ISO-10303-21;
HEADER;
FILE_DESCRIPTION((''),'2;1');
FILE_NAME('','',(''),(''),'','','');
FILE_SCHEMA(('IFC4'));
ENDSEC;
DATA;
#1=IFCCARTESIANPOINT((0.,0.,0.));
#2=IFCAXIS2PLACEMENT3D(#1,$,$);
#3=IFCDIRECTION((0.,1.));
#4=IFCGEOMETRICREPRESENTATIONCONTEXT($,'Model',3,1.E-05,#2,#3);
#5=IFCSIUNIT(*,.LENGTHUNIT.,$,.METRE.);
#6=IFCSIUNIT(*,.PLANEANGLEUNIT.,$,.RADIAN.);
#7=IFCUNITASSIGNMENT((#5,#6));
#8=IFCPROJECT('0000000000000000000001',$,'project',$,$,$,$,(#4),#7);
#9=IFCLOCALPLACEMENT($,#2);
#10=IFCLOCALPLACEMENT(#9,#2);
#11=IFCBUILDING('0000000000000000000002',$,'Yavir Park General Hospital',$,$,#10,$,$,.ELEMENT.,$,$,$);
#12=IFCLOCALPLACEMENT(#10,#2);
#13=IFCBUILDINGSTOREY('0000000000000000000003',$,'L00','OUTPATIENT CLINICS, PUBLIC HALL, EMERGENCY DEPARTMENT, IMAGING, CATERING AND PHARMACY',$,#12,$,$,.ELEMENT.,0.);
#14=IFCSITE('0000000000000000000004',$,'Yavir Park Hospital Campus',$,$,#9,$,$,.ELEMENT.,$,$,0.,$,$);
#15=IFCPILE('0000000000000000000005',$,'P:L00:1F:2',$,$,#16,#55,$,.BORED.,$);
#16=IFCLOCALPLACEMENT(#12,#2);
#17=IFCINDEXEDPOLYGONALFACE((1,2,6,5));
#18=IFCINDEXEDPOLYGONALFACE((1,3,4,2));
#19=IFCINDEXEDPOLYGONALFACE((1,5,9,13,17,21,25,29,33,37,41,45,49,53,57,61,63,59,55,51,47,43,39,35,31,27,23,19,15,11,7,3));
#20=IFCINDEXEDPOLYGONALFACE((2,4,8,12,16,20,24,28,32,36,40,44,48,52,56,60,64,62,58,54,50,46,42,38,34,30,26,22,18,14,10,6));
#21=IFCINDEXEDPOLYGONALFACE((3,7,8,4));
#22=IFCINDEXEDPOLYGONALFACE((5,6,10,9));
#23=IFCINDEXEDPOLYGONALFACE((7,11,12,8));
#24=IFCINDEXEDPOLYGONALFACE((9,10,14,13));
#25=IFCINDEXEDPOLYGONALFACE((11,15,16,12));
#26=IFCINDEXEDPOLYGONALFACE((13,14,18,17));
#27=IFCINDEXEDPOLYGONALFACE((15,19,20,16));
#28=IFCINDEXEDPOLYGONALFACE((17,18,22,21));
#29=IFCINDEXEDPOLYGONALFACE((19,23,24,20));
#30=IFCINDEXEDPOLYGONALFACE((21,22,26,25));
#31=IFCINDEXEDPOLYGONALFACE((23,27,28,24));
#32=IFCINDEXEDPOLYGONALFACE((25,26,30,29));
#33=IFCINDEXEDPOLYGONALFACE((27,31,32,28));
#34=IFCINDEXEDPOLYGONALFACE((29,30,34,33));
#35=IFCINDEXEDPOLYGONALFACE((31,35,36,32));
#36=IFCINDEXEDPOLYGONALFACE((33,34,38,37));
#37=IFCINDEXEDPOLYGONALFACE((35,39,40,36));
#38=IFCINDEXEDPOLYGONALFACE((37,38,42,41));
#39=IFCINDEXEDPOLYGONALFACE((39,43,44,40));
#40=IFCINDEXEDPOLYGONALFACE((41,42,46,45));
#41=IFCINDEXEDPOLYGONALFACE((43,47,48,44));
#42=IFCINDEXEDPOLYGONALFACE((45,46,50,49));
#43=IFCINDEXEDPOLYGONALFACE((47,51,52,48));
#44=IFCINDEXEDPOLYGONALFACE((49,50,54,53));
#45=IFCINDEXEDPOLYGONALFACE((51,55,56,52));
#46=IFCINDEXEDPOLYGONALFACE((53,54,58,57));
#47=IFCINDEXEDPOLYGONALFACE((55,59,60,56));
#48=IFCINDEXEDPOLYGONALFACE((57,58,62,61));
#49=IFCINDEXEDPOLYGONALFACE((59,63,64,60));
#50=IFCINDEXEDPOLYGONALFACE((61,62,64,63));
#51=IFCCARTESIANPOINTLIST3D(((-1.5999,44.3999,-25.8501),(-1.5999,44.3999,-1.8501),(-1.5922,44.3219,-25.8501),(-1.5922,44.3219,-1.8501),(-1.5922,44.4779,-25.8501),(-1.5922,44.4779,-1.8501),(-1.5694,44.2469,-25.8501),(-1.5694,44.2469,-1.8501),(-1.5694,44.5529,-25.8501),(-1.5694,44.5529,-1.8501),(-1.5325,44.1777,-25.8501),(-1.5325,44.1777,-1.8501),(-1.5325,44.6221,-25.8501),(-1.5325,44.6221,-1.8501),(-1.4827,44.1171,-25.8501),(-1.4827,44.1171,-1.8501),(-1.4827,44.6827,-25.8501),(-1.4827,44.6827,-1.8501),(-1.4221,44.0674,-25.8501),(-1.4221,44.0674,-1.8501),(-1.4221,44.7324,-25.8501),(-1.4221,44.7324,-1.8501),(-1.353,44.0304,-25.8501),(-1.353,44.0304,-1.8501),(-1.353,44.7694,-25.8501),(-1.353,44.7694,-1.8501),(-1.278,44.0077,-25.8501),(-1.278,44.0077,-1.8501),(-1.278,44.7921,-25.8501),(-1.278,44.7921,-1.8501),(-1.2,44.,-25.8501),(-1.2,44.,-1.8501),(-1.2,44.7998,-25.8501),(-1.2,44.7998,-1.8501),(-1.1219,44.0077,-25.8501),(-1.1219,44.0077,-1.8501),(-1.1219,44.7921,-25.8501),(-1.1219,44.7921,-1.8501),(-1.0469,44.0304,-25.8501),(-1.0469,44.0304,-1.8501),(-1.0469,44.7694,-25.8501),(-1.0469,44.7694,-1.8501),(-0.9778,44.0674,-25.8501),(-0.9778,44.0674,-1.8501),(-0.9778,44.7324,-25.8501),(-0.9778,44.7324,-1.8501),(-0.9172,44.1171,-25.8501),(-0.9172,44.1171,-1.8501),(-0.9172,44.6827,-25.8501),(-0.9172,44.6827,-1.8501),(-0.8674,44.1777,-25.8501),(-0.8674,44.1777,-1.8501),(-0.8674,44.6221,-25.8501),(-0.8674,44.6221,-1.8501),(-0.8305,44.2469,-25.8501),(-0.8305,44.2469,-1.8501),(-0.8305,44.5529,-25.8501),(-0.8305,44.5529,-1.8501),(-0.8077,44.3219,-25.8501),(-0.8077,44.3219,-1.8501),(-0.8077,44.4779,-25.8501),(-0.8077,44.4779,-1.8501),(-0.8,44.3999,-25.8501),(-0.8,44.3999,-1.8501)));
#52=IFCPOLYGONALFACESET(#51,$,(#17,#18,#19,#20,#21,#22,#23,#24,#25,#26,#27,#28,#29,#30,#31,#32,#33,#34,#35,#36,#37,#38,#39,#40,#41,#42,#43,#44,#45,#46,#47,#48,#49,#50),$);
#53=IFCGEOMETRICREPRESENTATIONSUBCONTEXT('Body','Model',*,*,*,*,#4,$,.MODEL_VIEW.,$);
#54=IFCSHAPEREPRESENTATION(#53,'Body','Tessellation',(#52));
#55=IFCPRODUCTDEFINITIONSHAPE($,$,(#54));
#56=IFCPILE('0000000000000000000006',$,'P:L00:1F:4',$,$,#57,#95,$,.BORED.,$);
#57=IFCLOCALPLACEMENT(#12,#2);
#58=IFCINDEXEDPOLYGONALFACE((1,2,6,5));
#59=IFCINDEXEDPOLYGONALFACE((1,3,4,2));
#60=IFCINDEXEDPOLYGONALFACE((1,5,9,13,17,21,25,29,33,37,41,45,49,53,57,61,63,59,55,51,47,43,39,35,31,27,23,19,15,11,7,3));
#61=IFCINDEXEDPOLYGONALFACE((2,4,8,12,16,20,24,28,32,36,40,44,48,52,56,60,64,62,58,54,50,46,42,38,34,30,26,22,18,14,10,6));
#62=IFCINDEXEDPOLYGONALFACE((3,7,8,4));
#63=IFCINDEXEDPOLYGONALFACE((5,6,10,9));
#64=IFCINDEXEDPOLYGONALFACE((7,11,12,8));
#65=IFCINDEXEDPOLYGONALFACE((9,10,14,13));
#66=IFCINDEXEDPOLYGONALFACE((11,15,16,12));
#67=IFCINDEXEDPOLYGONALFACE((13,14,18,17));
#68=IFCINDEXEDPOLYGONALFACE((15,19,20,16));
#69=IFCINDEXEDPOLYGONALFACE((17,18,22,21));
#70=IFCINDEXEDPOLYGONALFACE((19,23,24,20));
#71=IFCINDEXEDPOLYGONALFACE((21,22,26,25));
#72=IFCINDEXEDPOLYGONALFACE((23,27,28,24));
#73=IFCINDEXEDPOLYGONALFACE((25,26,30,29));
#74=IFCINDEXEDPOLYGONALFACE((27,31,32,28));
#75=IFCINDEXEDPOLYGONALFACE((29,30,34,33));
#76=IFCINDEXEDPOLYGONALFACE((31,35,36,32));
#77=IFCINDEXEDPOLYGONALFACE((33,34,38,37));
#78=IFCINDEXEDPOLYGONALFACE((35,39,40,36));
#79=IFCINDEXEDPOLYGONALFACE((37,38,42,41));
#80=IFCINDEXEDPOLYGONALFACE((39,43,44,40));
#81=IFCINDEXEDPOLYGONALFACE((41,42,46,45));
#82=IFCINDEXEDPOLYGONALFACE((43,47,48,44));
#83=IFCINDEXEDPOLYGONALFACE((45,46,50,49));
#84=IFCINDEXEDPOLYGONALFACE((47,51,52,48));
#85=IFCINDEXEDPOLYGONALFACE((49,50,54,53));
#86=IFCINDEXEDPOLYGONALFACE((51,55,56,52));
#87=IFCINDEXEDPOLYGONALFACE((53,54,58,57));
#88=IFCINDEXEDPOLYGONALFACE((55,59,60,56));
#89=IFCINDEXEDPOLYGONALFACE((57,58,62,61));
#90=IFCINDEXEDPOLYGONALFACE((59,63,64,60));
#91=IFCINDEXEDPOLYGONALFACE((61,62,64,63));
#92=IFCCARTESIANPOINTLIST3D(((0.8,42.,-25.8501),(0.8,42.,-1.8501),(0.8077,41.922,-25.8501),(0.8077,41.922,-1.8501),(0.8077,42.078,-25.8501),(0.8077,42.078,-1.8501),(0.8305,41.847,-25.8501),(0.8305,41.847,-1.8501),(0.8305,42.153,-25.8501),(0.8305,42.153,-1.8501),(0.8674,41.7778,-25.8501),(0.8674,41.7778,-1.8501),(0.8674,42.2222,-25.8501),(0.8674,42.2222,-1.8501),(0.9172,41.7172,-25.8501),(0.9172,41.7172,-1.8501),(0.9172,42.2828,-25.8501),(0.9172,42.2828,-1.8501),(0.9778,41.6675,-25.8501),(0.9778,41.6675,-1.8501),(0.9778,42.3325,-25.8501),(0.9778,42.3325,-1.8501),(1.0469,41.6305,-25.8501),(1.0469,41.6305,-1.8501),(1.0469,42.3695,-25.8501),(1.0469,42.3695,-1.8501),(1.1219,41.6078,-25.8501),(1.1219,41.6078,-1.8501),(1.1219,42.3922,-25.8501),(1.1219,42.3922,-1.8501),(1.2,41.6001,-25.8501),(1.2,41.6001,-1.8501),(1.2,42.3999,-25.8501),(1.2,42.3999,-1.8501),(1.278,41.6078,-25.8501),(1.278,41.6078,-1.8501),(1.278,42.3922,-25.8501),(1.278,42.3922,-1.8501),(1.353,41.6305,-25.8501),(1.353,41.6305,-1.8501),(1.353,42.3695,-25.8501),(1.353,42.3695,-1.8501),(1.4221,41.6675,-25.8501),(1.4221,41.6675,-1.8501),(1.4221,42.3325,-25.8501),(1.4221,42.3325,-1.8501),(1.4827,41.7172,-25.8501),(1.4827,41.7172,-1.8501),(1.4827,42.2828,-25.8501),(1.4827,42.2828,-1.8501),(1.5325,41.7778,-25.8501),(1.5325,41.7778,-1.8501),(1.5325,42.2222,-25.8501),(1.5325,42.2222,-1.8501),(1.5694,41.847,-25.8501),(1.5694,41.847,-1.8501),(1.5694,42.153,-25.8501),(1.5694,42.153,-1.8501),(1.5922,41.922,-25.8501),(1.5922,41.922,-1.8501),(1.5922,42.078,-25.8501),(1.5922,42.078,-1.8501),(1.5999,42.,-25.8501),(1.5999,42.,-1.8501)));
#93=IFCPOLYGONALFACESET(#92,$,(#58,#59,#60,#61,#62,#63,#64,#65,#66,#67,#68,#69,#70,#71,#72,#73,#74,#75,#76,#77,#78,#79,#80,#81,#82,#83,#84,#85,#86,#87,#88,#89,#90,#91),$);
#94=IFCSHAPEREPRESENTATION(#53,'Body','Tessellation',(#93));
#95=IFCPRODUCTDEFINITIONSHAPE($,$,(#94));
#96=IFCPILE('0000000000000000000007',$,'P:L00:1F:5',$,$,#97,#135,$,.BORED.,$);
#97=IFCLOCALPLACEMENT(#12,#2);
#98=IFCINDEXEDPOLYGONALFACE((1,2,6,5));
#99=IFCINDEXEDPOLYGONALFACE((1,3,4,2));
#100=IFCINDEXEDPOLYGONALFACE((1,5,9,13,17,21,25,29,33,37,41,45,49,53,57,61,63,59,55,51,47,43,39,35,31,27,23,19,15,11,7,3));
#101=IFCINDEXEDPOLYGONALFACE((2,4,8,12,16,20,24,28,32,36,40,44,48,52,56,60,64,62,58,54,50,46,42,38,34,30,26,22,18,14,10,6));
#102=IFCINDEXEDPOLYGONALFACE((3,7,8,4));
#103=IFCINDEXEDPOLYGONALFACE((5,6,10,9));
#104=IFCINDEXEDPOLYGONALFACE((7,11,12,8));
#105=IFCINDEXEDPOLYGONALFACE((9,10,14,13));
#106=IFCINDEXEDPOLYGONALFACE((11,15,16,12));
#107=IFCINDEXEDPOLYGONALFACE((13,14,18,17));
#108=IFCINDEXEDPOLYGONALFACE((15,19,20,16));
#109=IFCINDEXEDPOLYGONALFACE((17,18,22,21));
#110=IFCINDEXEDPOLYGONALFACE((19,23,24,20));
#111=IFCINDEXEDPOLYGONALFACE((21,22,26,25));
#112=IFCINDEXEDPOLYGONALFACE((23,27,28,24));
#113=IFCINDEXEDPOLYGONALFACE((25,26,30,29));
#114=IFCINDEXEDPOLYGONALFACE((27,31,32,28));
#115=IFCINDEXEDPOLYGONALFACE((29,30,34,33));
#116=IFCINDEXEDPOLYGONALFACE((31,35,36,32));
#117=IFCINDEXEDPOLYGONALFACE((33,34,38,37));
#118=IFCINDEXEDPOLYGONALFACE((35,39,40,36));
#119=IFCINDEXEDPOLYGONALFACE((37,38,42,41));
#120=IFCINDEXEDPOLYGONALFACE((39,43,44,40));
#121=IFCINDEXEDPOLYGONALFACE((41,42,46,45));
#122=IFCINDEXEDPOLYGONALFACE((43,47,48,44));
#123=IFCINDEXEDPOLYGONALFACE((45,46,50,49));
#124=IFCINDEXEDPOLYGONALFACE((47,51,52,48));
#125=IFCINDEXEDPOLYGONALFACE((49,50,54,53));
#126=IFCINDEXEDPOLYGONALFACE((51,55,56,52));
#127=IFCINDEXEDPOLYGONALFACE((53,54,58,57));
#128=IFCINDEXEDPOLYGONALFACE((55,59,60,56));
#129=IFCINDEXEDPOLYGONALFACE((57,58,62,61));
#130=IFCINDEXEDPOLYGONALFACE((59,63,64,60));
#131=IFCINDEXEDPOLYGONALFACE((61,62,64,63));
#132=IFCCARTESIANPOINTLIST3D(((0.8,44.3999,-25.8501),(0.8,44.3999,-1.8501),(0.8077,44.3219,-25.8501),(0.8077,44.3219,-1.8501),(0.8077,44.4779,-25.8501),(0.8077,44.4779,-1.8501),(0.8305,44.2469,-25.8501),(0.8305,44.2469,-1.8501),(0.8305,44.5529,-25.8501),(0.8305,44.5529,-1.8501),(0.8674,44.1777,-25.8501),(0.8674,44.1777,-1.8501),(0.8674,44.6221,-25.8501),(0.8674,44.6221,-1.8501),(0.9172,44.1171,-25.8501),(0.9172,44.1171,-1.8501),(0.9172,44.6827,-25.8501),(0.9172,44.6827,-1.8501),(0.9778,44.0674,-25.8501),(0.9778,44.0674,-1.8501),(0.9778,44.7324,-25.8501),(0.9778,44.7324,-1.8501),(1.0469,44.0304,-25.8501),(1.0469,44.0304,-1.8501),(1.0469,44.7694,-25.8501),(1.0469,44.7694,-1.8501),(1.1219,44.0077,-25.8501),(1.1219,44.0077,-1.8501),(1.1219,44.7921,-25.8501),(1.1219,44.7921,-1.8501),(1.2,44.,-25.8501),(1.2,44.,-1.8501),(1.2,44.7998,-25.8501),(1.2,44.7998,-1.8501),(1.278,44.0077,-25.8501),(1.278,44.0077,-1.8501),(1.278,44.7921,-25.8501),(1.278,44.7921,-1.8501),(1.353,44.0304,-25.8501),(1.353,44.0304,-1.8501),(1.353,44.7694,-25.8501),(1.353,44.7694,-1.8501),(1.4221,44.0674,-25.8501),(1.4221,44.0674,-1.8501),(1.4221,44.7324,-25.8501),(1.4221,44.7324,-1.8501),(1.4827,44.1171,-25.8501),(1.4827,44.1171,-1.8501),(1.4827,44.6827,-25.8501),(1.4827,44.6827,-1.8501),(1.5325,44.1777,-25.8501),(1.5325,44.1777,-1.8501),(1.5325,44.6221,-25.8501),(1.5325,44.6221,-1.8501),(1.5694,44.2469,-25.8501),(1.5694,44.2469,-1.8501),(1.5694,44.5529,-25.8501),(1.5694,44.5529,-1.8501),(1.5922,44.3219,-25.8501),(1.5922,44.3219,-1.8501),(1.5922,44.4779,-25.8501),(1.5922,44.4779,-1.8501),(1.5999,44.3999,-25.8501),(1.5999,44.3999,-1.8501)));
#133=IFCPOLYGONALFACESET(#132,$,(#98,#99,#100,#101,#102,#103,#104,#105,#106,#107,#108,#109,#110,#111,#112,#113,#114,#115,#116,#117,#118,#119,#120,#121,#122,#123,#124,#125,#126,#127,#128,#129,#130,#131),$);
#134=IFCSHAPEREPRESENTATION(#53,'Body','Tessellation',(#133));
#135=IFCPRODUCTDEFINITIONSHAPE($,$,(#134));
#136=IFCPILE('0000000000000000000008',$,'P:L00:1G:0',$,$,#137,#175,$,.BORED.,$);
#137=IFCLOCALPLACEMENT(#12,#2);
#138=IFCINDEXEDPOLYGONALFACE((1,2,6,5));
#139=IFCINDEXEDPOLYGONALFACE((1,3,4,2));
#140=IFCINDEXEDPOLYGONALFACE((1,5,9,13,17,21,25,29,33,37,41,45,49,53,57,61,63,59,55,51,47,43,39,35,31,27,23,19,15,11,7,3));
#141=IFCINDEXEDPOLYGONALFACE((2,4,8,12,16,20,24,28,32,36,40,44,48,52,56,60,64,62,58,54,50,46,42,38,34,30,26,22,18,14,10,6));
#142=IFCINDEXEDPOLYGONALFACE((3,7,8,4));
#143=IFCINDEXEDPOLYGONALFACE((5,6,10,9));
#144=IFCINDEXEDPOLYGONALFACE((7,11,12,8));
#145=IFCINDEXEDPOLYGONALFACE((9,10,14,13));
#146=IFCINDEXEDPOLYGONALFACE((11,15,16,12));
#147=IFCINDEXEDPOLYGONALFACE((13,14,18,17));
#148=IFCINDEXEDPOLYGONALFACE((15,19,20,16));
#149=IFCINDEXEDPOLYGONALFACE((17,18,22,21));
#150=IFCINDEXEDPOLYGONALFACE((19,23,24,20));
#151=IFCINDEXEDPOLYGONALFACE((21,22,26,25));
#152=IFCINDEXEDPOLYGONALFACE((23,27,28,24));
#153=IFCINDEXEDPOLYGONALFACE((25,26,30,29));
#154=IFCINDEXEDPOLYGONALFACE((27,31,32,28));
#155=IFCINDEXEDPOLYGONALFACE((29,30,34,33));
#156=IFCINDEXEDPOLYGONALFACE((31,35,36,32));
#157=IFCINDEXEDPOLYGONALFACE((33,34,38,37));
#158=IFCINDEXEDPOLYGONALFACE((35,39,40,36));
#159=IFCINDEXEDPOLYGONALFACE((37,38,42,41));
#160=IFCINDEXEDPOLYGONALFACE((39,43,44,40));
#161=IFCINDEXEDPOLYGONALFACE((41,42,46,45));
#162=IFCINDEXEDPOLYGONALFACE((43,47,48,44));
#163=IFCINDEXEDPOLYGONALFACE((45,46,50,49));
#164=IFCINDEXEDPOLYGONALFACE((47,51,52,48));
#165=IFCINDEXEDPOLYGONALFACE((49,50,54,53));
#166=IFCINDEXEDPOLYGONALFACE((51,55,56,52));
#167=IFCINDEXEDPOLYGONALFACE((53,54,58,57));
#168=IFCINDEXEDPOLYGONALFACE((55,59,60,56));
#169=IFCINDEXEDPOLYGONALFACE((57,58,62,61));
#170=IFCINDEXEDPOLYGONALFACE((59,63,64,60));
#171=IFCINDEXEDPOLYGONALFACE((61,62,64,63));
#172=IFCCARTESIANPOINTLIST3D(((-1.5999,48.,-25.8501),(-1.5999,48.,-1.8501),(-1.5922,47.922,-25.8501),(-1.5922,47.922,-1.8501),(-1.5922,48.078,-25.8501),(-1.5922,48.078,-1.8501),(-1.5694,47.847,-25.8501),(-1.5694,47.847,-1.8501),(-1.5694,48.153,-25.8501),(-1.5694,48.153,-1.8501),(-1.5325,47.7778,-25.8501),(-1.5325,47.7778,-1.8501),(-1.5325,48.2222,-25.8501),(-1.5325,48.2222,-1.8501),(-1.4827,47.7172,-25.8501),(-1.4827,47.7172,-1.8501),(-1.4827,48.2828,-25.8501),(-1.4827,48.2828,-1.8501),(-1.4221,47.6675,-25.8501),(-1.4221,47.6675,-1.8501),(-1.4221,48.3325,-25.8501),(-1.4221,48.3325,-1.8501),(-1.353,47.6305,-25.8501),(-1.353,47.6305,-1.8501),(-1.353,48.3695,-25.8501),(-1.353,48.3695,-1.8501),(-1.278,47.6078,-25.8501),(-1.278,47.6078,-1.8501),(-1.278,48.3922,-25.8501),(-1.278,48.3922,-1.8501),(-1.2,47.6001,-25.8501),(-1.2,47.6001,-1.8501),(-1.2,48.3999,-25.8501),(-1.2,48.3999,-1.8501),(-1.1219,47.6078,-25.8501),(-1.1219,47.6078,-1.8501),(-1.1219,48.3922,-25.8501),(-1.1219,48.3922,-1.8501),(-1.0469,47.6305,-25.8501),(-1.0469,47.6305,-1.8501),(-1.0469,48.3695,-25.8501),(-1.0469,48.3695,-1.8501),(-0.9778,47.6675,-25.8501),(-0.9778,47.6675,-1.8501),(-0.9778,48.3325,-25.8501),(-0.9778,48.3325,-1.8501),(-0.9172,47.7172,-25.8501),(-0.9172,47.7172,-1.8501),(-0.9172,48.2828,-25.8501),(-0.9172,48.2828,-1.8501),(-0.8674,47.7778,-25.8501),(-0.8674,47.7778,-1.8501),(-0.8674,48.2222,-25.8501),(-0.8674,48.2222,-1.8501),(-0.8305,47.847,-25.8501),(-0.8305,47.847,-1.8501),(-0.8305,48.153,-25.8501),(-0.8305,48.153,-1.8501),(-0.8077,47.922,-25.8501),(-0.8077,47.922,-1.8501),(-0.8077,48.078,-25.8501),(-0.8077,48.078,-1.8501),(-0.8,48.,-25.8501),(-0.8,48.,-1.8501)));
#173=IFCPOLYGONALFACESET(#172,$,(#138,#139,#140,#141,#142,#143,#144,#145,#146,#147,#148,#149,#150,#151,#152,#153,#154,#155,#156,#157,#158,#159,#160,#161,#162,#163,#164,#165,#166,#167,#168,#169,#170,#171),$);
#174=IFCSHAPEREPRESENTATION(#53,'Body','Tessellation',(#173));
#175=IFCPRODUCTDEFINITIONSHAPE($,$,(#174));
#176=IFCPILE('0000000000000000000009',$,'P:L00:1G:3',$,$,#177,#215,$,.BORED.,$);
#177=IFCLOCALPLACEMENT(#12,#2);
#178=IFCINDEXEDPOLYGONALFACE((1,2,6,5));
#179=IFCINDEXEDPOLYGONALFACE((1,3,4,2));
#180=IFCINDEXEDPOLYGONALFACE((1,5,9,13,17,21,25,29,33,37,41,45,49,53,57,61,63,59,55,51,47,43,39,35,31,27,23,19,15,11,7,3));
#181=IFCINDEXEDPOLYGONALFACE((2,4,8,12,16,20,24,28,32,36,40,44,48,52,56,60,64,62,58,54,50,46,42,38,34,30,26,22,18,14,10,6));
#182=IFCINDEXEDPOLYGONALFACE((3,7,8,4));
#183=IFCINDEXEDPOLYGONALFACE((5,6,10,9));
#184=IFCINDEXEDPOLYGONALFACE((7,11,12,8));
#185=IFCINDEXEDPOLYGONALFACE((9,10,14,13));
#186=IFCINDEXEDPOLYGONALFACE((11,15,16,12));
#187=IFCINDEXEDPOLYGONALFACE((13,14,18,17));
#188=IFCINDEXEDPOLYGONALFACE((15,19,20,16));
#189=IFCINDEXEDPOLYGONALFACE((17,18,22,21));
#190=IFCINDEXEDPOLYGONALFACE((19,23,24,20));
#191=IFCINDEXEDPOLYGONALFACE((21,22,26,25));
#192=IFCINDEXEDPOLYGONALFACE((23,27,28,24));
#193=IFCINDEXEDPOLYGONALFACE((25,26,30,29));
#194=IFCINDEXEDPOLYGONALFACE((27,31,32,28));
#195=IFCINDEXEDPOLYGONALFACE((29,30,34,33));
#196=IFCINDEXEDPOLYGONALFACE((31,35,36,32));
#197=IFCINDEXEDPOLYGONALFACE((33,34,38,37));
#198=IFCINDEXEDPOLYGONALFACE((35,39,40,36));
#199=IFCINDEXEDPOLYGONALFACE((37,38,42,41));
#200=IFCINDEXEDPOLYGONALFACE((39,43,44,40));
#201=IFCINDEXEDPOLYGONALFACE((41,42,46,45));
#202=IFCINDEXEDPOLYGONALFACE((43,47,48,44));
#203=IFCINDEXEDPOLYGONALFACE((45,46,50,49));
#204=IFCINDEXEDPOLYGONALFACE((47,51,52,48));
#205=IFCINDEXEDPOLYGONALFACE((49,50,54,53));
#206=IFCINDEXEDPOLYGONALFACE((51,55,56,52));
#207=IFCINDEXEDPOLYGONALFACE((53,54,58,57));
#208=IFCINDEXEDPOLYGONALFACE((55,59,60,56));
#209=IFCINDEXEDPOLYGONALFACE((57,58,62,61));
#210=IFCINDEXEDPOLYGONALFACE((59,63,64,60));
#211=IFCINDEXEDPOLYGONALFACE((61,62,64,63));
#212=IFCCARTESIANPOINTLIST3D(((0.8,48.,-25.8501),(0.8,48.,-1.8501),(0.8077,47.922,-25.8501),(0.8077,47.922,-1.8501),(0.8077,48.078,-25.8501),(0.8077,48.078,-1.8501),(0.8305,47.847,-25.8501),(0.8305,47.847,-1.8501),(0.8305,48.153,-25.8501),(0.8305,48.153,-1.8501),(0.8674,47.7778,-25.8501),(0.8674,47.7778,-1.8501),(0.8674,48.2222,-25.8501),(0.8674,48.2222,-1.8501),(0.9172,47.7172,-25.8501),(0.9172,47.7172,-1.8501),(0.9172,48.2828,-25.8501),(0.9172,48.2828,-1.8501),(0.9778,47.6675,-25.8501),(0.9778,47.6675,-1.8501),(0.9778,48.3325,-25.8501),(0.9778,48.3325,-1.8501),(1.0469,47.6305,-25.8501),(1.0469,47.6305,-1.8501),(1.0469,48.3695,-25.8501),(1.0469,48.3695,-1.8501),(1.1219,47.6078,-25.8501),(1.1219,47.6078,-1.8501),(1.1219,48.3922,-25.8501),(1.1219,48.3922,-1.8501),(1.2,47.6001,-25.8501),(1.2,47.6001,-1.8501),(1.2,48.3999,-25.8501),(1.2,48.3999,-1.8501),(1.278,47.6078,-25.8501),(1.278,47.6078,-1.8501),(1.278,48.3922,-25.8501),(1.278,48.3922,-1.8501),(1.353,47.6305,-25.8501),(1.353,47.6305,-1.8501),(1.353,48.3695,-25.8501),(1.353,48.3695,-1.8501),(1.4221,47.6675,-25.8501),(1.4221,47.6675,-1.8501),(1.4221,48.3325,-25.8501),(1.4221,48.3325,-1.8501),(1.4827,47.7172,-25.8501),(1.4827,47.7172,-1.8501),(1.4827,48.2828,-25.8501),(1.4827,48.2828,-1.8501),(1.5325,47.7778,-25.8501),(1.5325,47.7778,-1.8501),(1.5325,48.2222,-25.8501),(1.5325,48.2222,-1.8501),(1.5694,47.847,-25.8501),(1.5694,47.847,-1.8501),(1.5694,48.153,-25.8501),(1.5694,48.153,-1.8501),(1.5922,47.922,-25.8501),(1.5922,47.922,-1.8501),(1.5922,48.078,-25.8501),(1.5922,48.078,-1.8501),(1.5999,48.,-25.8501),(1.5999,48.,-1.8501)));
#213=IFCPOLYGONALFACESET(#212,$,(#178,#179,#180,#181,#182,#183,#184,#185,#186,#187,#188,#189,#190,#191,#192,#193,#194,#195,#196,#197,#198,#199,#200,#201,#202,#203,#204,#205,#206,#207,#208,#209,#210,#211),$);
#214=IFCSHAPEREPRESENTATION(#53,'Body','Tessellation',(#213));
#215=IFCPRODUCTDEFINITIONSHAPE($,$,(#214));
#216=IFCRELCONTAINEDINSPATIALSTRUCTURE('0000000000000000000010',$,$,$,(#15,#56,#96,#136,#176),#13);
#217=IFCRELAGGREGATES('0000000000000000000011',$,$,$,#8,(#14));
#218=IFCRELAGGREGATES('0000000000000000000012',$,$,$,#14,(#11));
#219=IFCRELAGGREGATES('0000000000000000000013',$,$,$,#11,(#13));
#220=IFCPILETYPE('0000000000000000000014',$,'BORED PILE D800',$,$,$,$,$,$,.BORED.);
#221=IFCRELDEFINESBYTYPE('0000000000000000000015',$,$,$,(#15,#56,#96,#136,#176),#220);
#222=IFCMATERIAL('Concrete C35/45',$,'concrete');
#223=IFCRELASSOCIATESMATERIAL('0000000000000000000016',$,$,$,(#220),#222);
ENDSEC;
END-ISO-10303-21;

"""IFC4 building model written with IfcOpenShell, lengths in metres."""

from ifc_helpers import new_model, si_unit, direction, frame, origin, origin_2d, place, context, subcontext, project, spatial, circle, extrude, material, material_profile, profile_set, type_object, element, save


model = new_model("IFC4")

# Units and contexts
model_context = context("Model", 3, precision=1e-05, world=origin(), true_north=direction((0.0, 1.0)))
body_context = subcontext(model_context, "Body", "Model", "MODEL_VIEW")
ifc_project = project(units=[si_unit("LENGTHUNIT", "METRE"), si_unit("PLANEANGLEUNIT", "RADIAN")], contexts=[model_context])

# Site, building, storey
site_placement = place(None, origin())
site = spatial("IfcSite", under=ifc_project, at=site_placement, Name="Yavir Park Hospital Campus", CompositionType="ELEMENT", RefElevation=0.0)
building_placement = place(site_placement, origin())
building = spatial("IfcBuilding", under=site, at=building_placement, Name="Yavir Park General Hospital", CompositionType="ELEMENT")
storey_placement = place(building_placement, origin())
storey = spatial("IfcBuildingStorey", under=building, at=storey_placement, Name="L00", Description="OUTPATIENT CLINICS, PUBLIC HALL, EMERGENCY DEPARTMENT, IMAGING, CATERING AND PHARMACY", CompositionType="ELEMENT", Elevation=0.0)

# Piles
ifc_material_1 = material(Name="Concrete C35/45", Category="concrete")
ifc_material_profile_1 = material_profile(ifc_material_1, circle(Radius=0.3999, at=origin_2d()), Name="D800")
ifc_profile_set_1 = profile_set([ifc_material_profile_1], Name="Concrete C35/45")
pile_type = type_object("IfcPileType", Name="BORED PILE D800", PredefinedType="BORED", material=ifc_profile_set_1)
for number, where, z_axis, x_axis, name in (
    (1, (-1.2, 44.3999, -1.8501), (0.0, 0.0, -1.0), (1.0, 0.0, 0.0), "P:L00:1F:2"),
    (2, (1.2, 42.0, -1.8501), (0.0, 0.0, -1.0), (1.0, 0.0, 0.0), "P:L00:1F:4"),
    (3, (1.2, 44.3999, -1.8501), (0.0, 0.0, -1.0), (1.0, 0.0, 0.0), "P:L00:1F:5"),
    (4, (-1.2, 48.0, -1.8501), (0.0, 0.0, -1.0), (1.0, 0.0, 0.0), "P:L00:1G:0"),
    (5, (1.2, 48.0, -1.8501), (0.0, 0.0, -1.0), (1.0, 0.0, 0.0), "P:L00:1G:3"),
):
    element("IfcPile", number, at=place(storey_placement, frame(where, z_axis=z_axis, x_axis=x_axis)), inside=storey, type_object=pile_type, Name=name, PredefinedType="BORED", context=body_context, shape_type="SweptSolid", body=[
        extrude(circle(Radius=0.3999, at=origin_2d()), origin(), (0.0, 0.0, 1.0), 24.0),
    ])

save(model, "model.ifc")
